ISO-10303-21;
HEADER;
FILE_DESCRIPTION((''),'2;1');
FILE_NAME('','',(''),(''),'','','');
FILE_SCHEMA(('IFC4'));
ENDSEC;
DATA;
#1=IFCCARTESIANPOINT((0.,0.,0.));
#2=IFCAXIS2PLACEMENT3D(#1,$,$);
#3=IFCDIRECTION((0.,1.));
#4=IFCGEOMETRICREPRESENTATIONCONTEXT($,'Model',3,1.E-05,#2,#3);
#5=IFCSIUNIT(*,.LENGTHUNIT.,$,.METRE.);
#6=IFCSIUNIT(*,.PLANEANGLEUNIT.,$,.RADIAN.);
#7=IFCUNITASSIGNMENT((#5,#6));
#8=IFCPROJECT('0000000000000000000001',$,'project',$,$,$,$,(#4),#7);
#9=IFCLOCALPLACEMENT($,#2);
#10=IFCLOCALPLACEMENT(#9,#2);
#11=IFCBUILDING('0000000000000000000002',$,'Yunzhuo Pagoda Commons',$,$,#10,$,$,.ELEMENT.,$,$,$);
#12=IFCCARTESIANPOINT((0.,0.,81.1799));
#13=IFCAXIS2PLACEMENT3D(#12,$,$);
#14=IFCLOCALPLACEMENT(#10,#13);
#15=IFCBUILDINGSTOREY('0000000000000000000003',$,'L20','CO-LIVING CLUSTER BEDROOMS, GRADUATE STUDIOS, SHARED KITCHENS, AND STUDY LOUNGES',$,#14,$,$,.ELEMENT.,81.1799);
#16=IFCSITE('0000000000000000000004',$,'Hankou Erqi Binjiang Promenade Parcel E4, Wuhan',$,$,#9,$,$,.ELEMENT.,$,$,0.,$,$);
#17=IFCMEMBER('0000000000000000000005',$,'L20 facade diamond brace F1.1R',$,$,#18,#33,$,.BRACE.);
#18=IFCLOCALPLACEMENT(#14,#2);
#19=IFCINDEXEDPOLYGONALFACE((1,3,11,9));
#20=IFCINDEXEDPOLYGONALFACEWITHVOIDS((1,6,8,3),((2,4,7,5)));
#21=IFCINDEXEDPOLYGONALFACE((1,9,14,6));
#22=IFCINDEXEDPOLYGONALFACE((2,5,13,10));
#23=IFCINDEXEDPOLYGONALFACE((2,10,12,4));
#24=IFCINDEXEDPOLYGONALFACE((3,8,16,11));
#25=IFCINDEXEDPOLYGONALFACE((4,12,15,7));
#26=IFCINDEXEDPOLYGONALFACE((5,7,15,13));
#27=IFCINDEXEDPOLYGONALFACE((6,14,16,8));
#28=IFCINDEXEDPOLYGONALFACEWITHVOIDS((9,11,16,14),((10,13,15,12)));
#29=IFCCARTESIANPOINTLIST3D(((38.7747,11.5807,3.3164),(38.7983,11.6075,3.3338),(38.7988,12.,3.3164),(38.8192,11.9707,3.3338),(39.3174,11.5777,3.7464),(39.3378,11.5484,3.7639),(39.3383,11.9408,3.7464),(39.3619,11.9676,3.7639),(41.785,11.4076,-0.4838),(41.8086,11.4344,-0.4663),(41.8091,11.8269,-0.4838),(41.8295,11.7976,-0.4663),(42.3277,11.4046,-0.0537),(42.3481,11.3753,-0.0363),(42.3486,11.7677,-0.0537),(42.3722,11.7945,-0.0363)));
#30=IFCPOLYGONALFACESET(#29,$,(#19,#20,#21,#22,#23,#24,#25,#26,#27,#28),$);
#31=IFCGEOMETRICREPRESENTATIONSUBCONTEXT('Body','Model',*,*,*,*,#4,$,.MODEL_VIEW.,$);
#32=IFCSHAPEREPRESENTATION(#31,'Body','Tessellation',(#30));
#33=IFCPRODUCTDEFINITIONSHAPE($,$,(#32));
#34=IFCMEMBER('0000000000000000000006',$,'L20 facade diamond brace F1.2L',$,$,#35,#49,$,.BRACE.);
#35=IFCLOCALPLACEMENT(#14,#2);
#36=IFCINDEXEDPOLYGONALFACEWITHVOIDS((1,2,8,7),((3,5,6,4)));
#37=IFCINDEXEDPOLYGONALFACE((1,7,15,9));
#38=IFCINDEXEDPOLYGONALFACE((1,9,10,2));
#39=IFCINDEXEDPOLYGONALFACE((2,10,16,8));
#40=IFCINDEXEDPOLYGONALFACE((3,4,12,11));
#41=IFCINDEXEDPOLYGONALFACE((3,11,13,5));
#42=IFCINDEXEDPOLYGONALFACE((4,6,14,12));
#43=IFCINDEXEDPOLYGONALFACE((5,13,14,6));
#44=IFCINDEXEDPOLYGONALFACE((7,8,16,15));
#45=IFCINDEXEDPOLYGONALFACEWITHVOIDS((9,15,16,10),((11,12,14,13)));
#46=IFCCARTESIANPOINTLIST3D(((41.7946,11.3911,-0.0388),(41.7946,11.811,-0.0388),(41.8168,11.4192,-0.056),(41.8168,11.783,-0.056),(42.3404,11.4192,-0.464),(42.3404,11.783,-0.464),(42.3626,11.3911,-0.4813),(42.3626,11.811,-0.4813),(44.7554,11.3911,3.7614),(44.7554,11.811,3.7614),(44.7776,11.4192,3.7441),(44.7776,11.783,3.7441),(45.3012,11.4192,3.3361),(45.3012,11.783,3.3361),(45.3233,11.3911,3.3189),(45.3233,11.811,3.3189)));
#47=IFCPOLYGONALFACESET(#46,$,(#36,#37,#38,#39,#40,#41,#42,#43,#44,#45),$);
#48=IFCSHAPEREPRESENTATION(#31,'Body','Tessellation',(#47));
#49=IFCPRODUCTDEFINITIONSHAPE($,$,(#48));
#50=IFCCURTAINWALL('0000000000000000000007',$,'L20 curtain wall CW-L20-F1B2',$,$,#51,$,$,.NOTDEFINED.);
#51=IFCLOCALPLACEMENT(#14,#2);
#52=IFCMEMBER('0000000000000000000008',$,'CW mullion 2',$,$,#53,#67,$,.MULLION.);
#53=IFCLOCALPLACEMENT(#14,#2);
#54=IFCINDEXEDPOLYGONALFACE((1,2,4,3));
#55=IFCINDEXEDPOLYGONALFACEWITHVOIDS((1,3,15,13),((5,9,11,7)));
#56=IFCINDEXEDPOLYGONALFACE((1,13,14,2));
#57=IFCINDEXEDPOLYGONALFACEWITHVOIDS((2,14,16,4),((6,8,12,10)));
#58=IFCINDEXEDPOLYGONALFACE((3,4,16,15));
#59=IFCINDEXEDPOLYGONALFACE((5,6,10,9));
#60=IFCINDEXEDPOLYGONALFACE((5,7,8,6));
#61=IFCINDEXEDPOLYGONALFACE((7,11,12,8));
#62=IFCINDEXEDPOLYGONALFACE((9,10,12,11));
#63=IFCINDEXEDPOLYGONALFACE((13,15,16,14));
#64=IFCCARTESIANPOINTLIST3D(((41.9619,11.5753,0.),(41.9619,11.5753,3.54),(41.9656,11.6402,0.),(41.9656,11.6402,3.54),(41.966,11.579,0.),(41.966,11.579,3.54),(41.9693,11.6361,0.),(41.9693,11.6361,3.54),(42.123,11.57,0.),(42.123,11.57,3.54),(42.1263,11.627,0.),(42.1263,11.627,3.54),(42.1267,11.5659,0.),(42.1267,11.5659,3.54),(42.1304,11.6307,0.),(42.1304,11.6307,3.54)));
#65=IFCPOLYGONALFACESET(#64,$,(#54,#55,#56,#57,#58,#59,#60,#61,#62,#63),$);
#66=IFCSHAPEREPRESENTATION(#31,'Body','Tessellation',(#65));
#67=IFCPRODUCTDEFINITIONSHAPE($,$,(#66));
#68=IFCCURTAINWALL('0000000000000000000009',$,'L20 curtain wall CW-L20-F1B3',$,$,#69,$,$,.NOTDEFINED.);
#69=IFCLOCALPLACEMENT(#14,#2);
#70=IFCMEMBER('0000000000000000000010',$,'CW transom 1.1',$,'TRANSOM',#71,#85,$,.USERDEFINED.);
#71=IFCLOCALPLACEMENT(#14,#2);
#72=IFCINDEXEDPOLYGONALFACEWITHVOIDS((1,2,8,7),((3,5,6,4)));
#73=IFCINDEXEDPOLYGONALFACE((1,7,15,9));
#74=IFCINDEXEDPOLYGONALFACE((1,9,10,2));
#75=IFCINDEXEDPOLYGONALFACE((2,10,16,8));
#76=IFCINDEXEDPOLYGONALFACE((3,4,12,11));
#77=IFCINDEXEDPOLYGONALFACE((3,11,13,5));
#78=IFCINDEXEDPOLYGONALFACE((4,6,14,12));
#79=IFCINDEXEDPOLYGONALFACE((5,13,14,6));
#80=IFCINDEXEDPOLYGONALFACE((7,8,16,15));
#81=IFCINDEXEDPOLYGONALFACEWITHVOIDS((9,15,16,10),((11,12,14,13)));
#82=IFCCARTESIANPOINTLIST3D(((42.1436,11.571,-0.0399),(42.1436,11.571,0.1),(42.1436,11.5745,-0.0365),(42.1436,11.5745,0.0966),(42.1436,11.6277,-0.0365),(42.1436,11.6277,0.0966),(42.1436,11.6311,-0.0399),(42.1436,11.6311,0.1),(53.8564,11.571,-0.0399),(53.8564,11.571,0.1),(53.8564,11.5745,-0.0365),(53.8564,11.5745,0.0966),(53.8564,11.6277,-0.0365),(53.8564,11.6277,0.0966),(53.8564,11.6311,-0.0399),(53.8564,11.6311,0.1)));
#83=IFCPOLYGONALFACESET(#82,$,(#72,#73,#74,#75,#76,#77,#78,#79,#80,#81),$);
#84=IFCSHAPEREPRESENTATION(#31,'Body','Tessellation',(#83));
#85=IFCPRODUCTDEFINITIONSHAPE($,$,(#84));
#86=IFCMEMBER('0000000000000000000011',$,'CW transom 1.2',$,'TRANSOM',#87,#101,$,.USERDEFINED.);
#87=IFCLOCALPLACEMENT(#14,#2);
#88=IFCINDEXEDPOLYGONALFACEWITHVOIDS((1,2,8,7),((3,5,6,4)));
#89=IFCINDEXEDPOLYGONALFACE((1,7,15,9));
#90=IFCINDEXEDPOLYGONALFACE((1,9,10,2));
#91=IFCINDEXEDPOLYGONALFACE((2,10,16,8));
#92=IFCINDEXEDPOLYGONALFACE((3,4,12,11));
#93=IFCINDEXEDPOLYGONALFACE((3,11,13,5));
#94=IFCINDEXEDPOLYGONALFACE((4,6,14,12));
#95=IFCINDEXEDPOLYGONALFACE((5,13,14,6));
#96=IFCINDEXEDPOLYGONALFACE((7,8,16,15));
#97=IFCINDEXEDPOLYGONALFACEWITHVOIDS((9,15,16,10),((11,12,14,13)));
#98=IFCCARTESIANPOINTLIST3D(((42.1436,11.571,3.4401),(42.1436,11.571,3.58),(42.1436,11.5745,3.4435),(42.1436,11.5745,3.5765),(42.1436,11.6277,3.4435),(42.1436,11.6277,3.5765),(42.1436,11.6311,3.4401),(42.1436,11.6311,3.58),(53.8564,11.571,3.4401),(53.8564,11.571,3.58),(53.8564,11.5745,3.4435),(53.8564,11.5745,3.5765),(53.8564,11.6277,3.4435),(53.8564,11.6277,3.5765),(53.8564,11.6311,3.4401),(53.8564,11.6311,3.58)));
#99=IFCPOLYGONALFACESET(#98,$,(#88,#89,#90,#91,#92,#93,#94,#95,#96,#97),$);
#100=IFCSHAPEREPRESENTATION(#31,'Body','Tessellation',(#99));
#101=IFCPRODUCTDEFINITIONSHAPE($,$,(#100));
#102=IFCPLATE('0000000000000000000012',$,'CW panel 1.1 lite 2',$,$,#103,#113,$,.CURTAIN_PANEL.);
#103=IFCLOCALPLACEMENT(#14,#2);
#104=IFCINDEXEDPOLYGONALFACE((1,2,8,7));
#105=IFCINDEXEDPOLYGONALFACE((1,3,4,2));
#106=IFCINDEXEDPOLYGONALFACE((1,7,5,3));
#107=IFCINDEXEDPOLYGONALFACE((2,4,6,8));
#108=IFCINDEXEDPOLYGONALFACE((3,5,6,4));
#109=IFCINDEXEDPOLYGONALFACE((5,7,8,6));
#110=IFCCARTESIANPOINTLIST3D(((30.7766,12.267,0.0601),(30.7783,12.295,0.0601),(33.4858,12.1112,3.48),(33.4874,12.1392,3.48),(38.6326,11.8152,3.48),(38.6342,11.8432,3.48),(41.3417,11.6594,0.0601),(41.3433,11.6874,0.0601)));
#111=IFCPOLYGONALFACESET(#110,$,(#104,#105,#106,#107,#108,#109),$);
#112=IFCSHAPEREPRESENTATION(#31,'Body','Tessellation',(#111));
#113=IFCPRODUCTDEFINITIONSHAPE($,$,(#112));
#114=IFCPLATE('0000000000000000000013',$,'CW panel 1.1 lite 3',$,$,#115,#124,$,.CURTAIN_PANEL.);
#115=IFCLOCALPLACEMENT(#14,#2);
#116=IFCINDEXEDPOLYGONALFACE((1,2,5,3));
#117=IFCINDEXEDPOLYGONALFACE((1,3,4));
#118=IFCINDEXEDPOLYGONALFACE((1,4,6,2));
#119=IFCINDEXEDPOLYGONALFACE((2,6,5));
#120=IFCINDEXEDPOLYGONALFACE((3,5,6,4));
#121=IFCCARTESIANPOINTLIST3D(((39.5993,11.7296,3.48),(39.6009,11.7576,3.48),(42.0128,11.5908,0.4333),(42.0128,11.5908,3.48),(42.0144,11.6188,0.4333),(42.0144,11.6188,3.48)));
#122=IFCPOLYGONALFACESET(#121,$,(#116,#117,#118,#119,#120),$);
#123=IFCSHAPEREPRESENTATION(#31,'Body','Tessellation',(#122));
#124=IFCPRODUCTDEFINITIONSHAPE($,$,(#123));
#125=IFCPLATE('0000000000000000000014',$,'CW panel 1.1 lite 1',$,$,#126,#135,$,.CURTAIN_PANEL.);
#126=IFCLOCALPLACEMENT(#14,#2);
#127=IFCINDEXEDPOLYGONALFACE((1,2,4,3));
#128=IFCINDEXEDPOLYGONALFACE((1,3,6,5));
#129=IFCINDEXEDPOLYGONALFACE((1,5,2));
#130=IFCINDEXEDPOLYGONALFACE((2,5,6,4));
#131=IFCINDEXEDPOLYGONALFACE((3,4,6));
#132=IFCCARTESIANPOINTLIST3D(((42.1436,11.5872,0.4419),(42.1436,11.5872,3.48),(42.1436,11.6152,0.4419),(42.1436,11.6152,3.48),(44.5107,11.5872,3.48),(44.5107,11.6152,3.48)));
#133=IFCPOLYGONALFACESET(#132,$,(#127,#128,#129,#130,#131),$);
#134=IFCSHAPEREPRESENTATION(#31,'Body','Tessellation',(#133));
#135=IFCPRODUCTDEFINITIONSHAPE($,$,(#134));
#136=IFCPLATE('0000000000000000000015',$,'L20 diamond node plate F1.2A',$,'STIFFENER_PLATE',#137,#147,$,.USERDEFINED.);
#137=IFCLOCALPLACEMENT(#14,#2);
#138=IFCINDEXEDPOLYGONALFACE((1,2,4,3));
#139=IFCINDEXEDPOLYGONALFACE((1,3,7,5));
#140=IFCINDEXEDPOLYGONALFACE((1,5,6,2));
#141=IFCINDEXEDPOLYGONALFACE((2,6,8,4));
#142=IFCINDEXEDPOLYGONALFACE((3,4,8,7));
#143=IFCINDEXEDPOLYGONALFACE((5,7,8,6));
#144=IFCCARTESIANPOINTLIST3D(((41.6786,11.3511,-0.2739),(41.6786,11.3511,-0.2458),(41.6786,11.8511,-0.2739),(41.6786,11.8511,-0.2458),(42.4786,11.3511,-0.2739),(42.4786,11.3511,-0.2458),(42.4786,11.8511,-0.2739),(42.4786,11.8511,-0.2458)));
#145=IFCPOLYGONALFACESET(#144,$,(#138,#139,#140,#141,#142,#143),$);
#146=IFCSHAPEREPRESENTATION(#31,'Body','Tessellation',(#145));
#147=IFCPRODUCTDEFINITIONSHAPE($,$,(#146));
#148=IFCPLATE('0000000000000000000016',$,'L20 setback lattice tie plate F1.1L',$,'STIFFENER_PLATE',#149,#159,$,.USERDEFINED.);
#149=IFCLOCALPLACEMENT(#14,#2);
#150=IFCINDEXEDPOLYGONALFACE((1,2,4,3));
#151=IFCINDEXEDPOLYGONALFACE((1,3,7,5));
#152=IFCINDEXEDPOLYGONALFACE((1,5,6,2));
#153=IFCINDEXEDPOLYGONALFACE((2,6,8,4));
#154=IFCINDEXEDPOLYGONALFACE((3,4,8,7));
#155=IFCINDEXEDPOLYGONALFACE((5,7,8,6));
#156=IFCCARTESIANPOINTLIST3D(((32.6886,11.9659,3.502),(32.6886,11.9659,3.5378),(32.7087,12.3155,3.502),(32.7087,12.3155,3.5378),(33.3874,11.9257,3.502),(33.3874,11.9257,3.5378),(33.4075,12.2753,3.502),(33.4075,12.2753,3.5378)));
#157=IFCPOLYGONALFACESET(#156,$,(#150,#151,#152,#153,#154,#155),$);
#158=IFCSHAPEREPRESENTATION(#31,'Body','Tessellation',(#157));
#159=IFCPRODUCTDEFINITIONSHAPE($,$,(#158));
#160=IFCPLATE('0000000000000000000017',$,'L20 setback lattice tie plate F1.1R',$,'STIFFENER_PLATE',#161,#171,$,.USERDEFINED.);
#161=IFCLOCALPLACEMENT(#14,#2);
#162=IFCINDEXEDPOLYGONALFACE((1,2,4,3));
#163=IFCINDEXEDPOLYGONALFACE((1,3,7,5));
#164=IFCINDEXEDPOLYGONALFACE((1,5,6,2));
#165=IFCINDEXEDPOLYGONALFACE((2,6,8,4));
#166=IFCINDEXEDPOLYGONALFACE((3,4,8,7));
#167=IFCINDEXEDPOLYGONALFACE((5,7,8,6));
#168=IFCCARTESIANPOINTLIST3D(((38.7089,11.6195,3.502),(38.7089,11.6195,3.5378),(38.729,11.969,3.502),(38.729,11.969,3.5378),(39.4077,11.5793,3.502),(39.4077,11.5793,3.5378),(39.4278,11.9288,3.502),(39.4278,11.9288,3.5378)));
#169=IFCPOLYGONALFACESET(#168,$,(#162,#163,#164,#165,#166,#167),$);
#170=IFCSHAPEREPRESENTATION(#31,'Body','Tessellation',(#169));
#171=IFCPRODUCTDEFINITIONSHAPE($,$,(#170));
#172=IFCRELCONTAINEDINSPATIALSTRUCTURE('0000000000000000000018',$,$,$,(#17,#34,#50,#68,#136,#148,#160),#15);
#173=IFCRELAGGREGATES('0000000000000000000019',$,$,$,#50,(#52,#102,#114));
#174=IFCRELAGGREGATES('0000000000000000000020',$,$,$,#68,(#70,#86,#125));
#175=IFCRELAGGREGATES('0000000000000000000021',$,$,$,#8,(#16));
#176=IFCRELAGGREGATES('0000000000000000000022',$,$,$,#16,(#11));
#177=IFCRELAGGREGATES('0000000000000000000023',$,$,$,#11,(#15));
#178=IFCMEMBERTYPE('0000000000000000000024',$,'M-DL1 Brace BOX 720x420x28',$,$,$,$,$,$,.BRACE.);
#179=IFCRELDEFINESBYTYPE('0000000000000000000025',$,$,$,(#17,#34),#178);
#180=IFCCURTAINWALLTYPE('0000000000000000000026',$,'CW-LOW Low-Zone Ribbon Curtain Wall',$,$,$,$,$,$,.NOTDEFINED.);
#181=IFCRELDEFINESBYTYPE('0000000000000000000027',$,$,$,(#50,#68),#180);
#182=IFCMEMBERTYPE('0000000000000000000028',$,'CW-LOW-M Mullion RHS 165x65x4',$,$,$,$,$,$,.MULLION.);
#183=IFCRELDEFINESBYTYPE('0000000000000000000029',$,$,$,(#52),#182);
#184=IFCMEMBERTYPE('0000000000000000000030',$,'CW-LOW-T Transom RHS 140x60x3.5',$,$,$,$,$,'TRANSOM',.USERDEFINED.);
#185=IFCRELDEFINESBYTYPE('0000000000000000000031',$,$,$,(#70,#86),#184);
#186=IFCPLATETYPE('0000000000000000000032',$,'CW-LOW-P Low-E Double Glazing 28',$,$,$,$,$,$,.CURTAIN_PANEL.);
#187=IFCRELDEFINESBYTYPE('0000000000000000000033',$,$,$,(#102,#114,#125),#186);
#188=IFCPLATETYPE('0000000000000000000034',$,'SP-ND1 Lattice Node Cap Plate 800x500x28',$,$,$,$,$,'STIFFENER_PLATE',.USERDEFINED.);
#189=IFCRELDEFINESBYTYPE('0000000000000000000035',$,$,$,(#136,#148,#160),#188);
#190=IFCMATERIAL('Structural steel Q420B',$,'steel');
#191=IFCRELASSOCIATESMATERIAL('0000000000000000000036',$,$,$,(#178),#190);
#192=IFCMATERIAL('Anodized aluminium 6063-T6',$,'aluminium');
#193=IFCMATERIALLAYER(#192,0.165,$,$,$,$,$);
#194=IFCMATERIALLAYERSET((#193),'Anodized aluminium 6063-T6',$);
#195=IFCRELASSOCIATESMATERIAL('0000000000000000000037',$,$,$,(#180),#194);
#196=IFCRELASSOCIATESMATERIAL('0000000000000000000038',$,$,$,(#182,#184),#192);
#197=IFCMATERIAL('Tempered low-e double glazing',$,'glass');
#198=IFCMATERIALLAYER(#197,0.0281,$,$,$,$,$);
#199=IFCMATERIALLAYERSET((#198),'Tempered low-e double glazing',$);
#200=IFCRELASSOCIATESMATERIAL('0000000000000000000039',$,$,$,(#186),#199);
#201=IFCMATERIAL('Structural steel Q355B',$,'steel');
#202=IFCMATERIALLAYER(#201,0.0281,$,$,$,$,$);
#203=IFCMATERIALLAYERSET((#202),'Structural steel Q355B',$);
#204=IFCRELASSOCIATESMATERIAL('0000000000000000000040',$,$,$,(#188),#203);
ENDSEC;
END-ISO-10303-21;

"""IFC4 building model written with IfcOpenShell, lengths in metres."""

from ifc_helpers import new_model, si_unit, direction, frame, origin, origin_2d, place, context, subcontext, project, spatial, polyline, rectangle, hollow_rectangle, outline, extrude, source, transform, mapped, material, layer, layer_set, material_profile, profile_set, type_object, element, aggregate, save


model = new_model("IFC4")

# Units and contexts
model_context = context("Model", 3, precision=1e-05, world=origin(), true_north=direction((0.0, 1.0)))
body_context = subcontext(model_context, "Body", "Model", "MODEL_VIEW")
ifc_project = project(units=[si_unit("LENGTHUNIT", "METRE"), si_unit("PLANEANGLEUNIT", "RADIAN")], contexts=[model_context])

# Site, building, storey
site_placement = place(None, origin())
site = spatial("IfcSite", under=ifc_project, at=site_placement, Name="Hankou Erqi Binjiang Promenade Parcel E4, Wuhan", CompositionType="ELEMENT", RefElevation=0.0)
building_placement = place(site_placement, origin())
building = spatial("IfcBuilding", under=site, at=building_placement, Name="Yunzhuo Pagoda Commons", CompositionType="ELEMENT")
storey_placement = place(building_placement, frame((0.0, 0.0, 81.1799)))
storey = spatial("IfcBuildingStorey", under=building, at=storey_placement, Name="L20", Description="CO-LIVING CLUSTER BEDROOMS, GRADUATE STUDIOS, SHARED KITCHENS, AND STUDY LOUNGES", CompositionType="ELEMENT", Elevation=81.1799)

# Shared definitions
ifc_material_1 = material(Name="Structural steel Q420B", Category="steel")

# Shared definitions
ifc_material_2 = material(Name="Structural steel Q355B", Category="steel")

# Members
ifc_material_profile_1 = material_profile(ifc_material_1, hollow_rectangle(XDim=0.4199, YDim=0.72, WallThickness=0.0281, at=origin_2d()), Name="Structural steel Q420B")
ifc_profile_set_1 = profile_set([ifc_material_profile_1], Name="Structural steel Q420B")
member_type_1 = type_object("IfcMemberType", Name="M-DL1 Brace BOX 720x420x28", PredefinedType="BRACE", material=ifc_profile_set_1)
shared_shape_1 = source(origin(), body_context, "Body", "SweptSolid", [
    extrude(hollow_rectangle(XDim=0.4199, YDim=0.72, WallThickness=0.0281, at=origin_2d()), origin(), (0.0, 0.0, 1.0), 4.8511),
])
member_1_placement = place(storey_placement, frame((42.0786, 11.6011, -0.26), z_axis=(-0.620546, 0.035683, 0.783358), x_axis=(-0.057407, -0.998351, 0.0)))
element("IfcMember", 1, at=member_1_placement, inside=storey, type_object=member_type_1, Name="L20 facade diamond brace F1.1R", PredefinedType="BRACE", context=body_context, shape_type="MappedRepresentation", body=[
    mapped(shared_shape_1, transform((0.0, 0.0, 0.0), scale=1.0)),
])
shared_shape_2 = source(origin(), body_context, "Body", "SweptSolid", [
    extrude(hollow_rectangle(XDim=0.4199, YDim=0.72, WallThickness=0.0281, at=origin_2d()), origin(), (0.0, 0.0, 1.0), 4.8174),
])
member_2_placement = place(storey_placement, frame((42.0786, 11.6011, -0.26), z_axis=(0.6146, 0.0, 0.788839), x_axis=(0.0, 1.0, 0.0)))
element("IfcMember", 2, at=member_2_placement, inside=storey, type_object=member_type_1, Name="L20 facade diamond brace F1.2L", PredefinedType="BRACE", context=body_context, shape_type="MappedRepresentation", body=[
    mapped(shared_shape_2, transform((0.0, 0.0, 0.0), scale=1.0)),
])

# Curtain wall, member
ifc_material_3 = material(Name="Anodized aluminium 6063-T6", Category="aluminium")
ifc_layer_1 = layer(ifc_material_3, 0.165)
ifc_layer_set_1 = layer_set([ifc_layer_1], Name="Anodized aluminium 6063-T6")
curtain_wall_type = type_object("IfcCurtainWallType", Name="CW-LOW Low-Zone Ribbon Curtain Wall", PredefinedType="NOTDEFINED", material=ifc_layer_set_1)
curtain_wall_1_placement = place(storey_placement, origin())
curtain_wall_1 = element("IfcCurtainWall", 3, at=curtain_wall_1_placement, inside=storey, type_object=curtain_wall_type, Name="L20 curtain wall CW-L20-F1B2", PredefinedType="NOTDEFINED")
ifc_material_profile_2 = material_profile(ifc_material_3, hollow_rectangle(XDim=0.0649, YDim=0.165, WallThickness=0.0039, at=origin_2d()), Name="Anodized aluminium 6063-T6")
ifc_profile_set_2 = profile_set([ifc_material_profile_2], Name="Anodized aluminium 6063-T6")
member_type_2 = type_object("IfcMemberType", Name="CW-LOW-M Mullion RHS 165x65x4", PredefinedType="MULLION", material=ifc_profile_set_2)
shared_shape_3 = source(origin(), body_context, "Body", "SweptSolid", [
    extrude(hollow_rectangle(XDim=0.0649, YDim=0.165, WallThickness=0.0039, at=origin_2d()), origin(), (0.0, 0.0, 1.0), 3.54),
])
member_3_placement = place(storey_placement, frame((42.0461, 11.603, 0.0), z_axis=(0.0, 0.0, 1.0), x_axis=(0.057418, 0.99835, 0.0)))
member_3 = element("IfcMember", 4, at=member_3_placement, type_object=member_type_2, Name="CW mullion 2", PredefinedType="MULLION", context=body_context, shape_type="MappedRepresentation", body=[
    mapped(shared_shape_3, transform((0.0, 0.0, 0.0), scale=1.0)),
])

# Curtain wall, members
curtain_wall_2_placement = place(storey_placement, origin())
curtain_wall_2 = element("IfcCurtainWall", 5, at=curtain_wall_2_placement, inside=storey, type_object=curtain_wall_type, Name="L20 curtain wall CW-L20-F1B3", PredefinedType="NOTDEFINED")
ifc_material_profile_3 = material_profile(ifc_material_3, hollow_rectangle(XDim=0.0601, YDim=0.1399, WallThickness=0.0034, at=origin_2d()), Name="Anodized aluminium 6063-T6")
ifc_profile_set_3 = profile_set([ifc_material_profile_3], Name="Anodized aluminium 6063-T6")
member_type_3 = type_object("IfcMemberType", Name="CW-LOW-T Transom RHS 140x60x3.5", ElementType="TRANSOM", PredefinedType="USERDEFINED", material=ifc_profile_set_3)
shared_shape_4 = source(origin(), body_context, "Body", "SweptSolid", [
    extrude(hollow_rectangle(XDim=0.0601, YDim=0.1399, WallThickness=0.0034, at=origin_2d()), origin(), (0.0, 0.0, 1.0), 11.7129),
])
member_4_placement = place(storey_placement, frame((42.1436, 11.6011, 0.03), z_axis=(1.0, 0.0, 0.0), x_axis=(0.0, 1.0, 0.0)))
member_4 = element("IfcMember", 6, at=member_4_placement, type_object=member_type_3, Name="CW transom 1.1", ObjectType="TRANSOM", PredefinedType="USERDEFINED", context=body_context, shape_type="MappedRepresentation", body=[
    mapped(shared_shape_4, transform((0.0, 0.0, 0.0), scale=1.0)),
])
member_5_placement = place(storey_placement, frame((42.1436, 11.6011, 3.51), z_axis=(1.0, 0.0, 0.0), x_axis=(0.0, 1.0, 0.0)))
member_5 = element("IfcMember", 7, at=member_5_placement, type_object=member_type_3, Name="CW transom 1.2", ObjectType="TRANSOM", PredefinedType="USERDEFINED", context=body_context, shape_type="MappedRepresentation", body=[
    mapped(shared_shape_4, transform((0.0, 0.0, 0.0), scale=1.0)),
])

# Plates
ifc_material_4 = material(Name="Tempered low-e double glazing", Category="glass")
ifc_layer_2 = layer(ifc_material_4, 0.0281)
ifc_layer_set_2 = layer_set([ifc_layer_2], Name="Tempered low-e double glazing")
plate_type_1 = type_object("IfcPlateType", Name="CW-LOW-P Low-E Double Glazing 28", PredefinedType="CURTAIN_PANEL", material=ifc_layer_set_2)
plate_1_placement = place(storey_placement, frame((36.0608, 11.9912, 1.77), z_axis=(-0.057418, -0.99835, 0.0), x_axis=(0.99835, -0.057418, 0.0)))
plate_1 = element("IfcPlate", 8, at=plate_1_placement, type_object=plate_type_1, Name="CW panel 1.1 lite 2", PredefinedType="CURTAIN_PANEL", context=body_context, shape_type="SweptSolid", body=[
    extrude(outline(polyline([(-5.2913, -1.71), (5.2913, -1.71), (2.5776, 1.71), (-2.5776, 1.71), (-5.2913, -1.71)])), origin(), (0.0, 0.0, 1.0), 0.0281),
])
plate_2_placement = place(storey_placement, frame((40.8076, 11.6882, 1.9568), z_axis=(-0.057418, -0.99835, 0.0), x_axis=(0.99835, -0.057418, 0.0)))
plate_2 = element("IfcPlate", 9, at=plate_2_placement, type_object=plate_type_1, Name="CW panel 1.1 lite 3", PredefinedType="CURTAIN_PANEL", context=body_context, shape_type="SweptSolid", body=[
    extrude(outline(polyline([(-1.2087, 1.5232), (1.2087, -1.5234), (1.2087, 1.5232), (-1.2087, 1.5232)])), origin(), (0.0, 0.0, 1.0), 0.0281),
])
aggregate(curtain_wall_1, [member_3, plate_1, plate_2])
plate_3_placement = place(storey_placement, frame((43.3271, 11.6152, 1.9609), z_axis=(0.0, -1.0, 0.0), x_axis=(1.0, 0.0, 0.0)))
plate_3 = element("IfcPlate", 10, at=plate_3_placement, type_object=plate_type_1, Name="CW panel 1.1 lite 1", PredefinedType="CURTAIN_PANEL", context=body_context, shape_type="SweptSolid", body=[
    extrude(outline(polyline([(-1.1836, -1.519), (1.1836, 1.519), (-1.1836, 1.519), (-1.1836, -1.519)])), origin(), (0.0, 0.0, 1.0), 0.0281),
])
aggregate(curtain_wall_2, [member_4, member_5, plate_3])

# Plates
ifc_layer_3 = layer(ifc_material_2, 0.0281)
ifc_layer_set_3 = layer_set([ifc_layer_3], Name="Structural steel Q355B")
plate_type_2 = type_object("IfcPlateType", Name="SP-ND1 Lattice Node Cap Plate 800x500x28", ElementType="STIFFENER_PLATE", PredefinedType="USERDEFINED", material=ifc_layer_set_3)
shared_shape_5 = source(origin(), body_context, "Body", "SweptSolid", [
    extrude(rectangle(XDim=0.8, YDim=0.5, at=origin_2d()), origin(), (0.0, 0.0, 1.0), 0.0281),
])
plate_4_placement = place(storey_placement, frame((42.0786, 11.6011, -0.2739), z_axis=(0.0, 0.0, 1.0), x_axis=(1.0, 0.0, 0.0)))
element("IfcPlate", 11, at=plate_4_placement, inside=storey, type_object=plate_type_2, Name="L20 diamond node plate F1.2A", ObjectType="STIFFENER_PLATE", PredefinedType="USERDEFINED", context=body_context, shape_type="MappedRepresentation", body=[
    mapped(shared_shape_5, transform((0.0, 0.0, 0.0), scale=1.0)),
])
shared_shape_6 = source(origin(), body_context, "Body", "SweptSolid", [
    extrude(rectangle(XDim=0.7, YDim=0.3501, at=origin_2d()), origin(), (0.0, 0.0, 1.0), 0.0359),
])
for number, where, z_axis, x_axis, name in (
    (12, (33.0481, 12.1206, 3.502), (0.0, 0.0, 1.0), (0.99835, -0.057425, 0.0), "L20 setback lattice tie plate F1.1L"),
    (13, (39.0684, 11.7742, 3.502), (0.0, 0.0, 1.0), (0.99835, -0.057425, 0.0), "L20 setback lattice tie plate F1.1R"),
):
    element("IfcPlate", number, at=place(storey_placement, frame(where, z_axis=z_axis, x_axis=x_axis)), inside=storey, type_object=plate_type_2, Name=name, ObjectType="STIFFENER_PLATE", PredefinedType="USERDEFINED", context=body_context, shape_type="MappedRepresentation", body=[
        mapped(shared_shape_6, transform((0.0, 0.0, 0.0), scale=1.0)),
    ])

save(model, "model.ifc")
